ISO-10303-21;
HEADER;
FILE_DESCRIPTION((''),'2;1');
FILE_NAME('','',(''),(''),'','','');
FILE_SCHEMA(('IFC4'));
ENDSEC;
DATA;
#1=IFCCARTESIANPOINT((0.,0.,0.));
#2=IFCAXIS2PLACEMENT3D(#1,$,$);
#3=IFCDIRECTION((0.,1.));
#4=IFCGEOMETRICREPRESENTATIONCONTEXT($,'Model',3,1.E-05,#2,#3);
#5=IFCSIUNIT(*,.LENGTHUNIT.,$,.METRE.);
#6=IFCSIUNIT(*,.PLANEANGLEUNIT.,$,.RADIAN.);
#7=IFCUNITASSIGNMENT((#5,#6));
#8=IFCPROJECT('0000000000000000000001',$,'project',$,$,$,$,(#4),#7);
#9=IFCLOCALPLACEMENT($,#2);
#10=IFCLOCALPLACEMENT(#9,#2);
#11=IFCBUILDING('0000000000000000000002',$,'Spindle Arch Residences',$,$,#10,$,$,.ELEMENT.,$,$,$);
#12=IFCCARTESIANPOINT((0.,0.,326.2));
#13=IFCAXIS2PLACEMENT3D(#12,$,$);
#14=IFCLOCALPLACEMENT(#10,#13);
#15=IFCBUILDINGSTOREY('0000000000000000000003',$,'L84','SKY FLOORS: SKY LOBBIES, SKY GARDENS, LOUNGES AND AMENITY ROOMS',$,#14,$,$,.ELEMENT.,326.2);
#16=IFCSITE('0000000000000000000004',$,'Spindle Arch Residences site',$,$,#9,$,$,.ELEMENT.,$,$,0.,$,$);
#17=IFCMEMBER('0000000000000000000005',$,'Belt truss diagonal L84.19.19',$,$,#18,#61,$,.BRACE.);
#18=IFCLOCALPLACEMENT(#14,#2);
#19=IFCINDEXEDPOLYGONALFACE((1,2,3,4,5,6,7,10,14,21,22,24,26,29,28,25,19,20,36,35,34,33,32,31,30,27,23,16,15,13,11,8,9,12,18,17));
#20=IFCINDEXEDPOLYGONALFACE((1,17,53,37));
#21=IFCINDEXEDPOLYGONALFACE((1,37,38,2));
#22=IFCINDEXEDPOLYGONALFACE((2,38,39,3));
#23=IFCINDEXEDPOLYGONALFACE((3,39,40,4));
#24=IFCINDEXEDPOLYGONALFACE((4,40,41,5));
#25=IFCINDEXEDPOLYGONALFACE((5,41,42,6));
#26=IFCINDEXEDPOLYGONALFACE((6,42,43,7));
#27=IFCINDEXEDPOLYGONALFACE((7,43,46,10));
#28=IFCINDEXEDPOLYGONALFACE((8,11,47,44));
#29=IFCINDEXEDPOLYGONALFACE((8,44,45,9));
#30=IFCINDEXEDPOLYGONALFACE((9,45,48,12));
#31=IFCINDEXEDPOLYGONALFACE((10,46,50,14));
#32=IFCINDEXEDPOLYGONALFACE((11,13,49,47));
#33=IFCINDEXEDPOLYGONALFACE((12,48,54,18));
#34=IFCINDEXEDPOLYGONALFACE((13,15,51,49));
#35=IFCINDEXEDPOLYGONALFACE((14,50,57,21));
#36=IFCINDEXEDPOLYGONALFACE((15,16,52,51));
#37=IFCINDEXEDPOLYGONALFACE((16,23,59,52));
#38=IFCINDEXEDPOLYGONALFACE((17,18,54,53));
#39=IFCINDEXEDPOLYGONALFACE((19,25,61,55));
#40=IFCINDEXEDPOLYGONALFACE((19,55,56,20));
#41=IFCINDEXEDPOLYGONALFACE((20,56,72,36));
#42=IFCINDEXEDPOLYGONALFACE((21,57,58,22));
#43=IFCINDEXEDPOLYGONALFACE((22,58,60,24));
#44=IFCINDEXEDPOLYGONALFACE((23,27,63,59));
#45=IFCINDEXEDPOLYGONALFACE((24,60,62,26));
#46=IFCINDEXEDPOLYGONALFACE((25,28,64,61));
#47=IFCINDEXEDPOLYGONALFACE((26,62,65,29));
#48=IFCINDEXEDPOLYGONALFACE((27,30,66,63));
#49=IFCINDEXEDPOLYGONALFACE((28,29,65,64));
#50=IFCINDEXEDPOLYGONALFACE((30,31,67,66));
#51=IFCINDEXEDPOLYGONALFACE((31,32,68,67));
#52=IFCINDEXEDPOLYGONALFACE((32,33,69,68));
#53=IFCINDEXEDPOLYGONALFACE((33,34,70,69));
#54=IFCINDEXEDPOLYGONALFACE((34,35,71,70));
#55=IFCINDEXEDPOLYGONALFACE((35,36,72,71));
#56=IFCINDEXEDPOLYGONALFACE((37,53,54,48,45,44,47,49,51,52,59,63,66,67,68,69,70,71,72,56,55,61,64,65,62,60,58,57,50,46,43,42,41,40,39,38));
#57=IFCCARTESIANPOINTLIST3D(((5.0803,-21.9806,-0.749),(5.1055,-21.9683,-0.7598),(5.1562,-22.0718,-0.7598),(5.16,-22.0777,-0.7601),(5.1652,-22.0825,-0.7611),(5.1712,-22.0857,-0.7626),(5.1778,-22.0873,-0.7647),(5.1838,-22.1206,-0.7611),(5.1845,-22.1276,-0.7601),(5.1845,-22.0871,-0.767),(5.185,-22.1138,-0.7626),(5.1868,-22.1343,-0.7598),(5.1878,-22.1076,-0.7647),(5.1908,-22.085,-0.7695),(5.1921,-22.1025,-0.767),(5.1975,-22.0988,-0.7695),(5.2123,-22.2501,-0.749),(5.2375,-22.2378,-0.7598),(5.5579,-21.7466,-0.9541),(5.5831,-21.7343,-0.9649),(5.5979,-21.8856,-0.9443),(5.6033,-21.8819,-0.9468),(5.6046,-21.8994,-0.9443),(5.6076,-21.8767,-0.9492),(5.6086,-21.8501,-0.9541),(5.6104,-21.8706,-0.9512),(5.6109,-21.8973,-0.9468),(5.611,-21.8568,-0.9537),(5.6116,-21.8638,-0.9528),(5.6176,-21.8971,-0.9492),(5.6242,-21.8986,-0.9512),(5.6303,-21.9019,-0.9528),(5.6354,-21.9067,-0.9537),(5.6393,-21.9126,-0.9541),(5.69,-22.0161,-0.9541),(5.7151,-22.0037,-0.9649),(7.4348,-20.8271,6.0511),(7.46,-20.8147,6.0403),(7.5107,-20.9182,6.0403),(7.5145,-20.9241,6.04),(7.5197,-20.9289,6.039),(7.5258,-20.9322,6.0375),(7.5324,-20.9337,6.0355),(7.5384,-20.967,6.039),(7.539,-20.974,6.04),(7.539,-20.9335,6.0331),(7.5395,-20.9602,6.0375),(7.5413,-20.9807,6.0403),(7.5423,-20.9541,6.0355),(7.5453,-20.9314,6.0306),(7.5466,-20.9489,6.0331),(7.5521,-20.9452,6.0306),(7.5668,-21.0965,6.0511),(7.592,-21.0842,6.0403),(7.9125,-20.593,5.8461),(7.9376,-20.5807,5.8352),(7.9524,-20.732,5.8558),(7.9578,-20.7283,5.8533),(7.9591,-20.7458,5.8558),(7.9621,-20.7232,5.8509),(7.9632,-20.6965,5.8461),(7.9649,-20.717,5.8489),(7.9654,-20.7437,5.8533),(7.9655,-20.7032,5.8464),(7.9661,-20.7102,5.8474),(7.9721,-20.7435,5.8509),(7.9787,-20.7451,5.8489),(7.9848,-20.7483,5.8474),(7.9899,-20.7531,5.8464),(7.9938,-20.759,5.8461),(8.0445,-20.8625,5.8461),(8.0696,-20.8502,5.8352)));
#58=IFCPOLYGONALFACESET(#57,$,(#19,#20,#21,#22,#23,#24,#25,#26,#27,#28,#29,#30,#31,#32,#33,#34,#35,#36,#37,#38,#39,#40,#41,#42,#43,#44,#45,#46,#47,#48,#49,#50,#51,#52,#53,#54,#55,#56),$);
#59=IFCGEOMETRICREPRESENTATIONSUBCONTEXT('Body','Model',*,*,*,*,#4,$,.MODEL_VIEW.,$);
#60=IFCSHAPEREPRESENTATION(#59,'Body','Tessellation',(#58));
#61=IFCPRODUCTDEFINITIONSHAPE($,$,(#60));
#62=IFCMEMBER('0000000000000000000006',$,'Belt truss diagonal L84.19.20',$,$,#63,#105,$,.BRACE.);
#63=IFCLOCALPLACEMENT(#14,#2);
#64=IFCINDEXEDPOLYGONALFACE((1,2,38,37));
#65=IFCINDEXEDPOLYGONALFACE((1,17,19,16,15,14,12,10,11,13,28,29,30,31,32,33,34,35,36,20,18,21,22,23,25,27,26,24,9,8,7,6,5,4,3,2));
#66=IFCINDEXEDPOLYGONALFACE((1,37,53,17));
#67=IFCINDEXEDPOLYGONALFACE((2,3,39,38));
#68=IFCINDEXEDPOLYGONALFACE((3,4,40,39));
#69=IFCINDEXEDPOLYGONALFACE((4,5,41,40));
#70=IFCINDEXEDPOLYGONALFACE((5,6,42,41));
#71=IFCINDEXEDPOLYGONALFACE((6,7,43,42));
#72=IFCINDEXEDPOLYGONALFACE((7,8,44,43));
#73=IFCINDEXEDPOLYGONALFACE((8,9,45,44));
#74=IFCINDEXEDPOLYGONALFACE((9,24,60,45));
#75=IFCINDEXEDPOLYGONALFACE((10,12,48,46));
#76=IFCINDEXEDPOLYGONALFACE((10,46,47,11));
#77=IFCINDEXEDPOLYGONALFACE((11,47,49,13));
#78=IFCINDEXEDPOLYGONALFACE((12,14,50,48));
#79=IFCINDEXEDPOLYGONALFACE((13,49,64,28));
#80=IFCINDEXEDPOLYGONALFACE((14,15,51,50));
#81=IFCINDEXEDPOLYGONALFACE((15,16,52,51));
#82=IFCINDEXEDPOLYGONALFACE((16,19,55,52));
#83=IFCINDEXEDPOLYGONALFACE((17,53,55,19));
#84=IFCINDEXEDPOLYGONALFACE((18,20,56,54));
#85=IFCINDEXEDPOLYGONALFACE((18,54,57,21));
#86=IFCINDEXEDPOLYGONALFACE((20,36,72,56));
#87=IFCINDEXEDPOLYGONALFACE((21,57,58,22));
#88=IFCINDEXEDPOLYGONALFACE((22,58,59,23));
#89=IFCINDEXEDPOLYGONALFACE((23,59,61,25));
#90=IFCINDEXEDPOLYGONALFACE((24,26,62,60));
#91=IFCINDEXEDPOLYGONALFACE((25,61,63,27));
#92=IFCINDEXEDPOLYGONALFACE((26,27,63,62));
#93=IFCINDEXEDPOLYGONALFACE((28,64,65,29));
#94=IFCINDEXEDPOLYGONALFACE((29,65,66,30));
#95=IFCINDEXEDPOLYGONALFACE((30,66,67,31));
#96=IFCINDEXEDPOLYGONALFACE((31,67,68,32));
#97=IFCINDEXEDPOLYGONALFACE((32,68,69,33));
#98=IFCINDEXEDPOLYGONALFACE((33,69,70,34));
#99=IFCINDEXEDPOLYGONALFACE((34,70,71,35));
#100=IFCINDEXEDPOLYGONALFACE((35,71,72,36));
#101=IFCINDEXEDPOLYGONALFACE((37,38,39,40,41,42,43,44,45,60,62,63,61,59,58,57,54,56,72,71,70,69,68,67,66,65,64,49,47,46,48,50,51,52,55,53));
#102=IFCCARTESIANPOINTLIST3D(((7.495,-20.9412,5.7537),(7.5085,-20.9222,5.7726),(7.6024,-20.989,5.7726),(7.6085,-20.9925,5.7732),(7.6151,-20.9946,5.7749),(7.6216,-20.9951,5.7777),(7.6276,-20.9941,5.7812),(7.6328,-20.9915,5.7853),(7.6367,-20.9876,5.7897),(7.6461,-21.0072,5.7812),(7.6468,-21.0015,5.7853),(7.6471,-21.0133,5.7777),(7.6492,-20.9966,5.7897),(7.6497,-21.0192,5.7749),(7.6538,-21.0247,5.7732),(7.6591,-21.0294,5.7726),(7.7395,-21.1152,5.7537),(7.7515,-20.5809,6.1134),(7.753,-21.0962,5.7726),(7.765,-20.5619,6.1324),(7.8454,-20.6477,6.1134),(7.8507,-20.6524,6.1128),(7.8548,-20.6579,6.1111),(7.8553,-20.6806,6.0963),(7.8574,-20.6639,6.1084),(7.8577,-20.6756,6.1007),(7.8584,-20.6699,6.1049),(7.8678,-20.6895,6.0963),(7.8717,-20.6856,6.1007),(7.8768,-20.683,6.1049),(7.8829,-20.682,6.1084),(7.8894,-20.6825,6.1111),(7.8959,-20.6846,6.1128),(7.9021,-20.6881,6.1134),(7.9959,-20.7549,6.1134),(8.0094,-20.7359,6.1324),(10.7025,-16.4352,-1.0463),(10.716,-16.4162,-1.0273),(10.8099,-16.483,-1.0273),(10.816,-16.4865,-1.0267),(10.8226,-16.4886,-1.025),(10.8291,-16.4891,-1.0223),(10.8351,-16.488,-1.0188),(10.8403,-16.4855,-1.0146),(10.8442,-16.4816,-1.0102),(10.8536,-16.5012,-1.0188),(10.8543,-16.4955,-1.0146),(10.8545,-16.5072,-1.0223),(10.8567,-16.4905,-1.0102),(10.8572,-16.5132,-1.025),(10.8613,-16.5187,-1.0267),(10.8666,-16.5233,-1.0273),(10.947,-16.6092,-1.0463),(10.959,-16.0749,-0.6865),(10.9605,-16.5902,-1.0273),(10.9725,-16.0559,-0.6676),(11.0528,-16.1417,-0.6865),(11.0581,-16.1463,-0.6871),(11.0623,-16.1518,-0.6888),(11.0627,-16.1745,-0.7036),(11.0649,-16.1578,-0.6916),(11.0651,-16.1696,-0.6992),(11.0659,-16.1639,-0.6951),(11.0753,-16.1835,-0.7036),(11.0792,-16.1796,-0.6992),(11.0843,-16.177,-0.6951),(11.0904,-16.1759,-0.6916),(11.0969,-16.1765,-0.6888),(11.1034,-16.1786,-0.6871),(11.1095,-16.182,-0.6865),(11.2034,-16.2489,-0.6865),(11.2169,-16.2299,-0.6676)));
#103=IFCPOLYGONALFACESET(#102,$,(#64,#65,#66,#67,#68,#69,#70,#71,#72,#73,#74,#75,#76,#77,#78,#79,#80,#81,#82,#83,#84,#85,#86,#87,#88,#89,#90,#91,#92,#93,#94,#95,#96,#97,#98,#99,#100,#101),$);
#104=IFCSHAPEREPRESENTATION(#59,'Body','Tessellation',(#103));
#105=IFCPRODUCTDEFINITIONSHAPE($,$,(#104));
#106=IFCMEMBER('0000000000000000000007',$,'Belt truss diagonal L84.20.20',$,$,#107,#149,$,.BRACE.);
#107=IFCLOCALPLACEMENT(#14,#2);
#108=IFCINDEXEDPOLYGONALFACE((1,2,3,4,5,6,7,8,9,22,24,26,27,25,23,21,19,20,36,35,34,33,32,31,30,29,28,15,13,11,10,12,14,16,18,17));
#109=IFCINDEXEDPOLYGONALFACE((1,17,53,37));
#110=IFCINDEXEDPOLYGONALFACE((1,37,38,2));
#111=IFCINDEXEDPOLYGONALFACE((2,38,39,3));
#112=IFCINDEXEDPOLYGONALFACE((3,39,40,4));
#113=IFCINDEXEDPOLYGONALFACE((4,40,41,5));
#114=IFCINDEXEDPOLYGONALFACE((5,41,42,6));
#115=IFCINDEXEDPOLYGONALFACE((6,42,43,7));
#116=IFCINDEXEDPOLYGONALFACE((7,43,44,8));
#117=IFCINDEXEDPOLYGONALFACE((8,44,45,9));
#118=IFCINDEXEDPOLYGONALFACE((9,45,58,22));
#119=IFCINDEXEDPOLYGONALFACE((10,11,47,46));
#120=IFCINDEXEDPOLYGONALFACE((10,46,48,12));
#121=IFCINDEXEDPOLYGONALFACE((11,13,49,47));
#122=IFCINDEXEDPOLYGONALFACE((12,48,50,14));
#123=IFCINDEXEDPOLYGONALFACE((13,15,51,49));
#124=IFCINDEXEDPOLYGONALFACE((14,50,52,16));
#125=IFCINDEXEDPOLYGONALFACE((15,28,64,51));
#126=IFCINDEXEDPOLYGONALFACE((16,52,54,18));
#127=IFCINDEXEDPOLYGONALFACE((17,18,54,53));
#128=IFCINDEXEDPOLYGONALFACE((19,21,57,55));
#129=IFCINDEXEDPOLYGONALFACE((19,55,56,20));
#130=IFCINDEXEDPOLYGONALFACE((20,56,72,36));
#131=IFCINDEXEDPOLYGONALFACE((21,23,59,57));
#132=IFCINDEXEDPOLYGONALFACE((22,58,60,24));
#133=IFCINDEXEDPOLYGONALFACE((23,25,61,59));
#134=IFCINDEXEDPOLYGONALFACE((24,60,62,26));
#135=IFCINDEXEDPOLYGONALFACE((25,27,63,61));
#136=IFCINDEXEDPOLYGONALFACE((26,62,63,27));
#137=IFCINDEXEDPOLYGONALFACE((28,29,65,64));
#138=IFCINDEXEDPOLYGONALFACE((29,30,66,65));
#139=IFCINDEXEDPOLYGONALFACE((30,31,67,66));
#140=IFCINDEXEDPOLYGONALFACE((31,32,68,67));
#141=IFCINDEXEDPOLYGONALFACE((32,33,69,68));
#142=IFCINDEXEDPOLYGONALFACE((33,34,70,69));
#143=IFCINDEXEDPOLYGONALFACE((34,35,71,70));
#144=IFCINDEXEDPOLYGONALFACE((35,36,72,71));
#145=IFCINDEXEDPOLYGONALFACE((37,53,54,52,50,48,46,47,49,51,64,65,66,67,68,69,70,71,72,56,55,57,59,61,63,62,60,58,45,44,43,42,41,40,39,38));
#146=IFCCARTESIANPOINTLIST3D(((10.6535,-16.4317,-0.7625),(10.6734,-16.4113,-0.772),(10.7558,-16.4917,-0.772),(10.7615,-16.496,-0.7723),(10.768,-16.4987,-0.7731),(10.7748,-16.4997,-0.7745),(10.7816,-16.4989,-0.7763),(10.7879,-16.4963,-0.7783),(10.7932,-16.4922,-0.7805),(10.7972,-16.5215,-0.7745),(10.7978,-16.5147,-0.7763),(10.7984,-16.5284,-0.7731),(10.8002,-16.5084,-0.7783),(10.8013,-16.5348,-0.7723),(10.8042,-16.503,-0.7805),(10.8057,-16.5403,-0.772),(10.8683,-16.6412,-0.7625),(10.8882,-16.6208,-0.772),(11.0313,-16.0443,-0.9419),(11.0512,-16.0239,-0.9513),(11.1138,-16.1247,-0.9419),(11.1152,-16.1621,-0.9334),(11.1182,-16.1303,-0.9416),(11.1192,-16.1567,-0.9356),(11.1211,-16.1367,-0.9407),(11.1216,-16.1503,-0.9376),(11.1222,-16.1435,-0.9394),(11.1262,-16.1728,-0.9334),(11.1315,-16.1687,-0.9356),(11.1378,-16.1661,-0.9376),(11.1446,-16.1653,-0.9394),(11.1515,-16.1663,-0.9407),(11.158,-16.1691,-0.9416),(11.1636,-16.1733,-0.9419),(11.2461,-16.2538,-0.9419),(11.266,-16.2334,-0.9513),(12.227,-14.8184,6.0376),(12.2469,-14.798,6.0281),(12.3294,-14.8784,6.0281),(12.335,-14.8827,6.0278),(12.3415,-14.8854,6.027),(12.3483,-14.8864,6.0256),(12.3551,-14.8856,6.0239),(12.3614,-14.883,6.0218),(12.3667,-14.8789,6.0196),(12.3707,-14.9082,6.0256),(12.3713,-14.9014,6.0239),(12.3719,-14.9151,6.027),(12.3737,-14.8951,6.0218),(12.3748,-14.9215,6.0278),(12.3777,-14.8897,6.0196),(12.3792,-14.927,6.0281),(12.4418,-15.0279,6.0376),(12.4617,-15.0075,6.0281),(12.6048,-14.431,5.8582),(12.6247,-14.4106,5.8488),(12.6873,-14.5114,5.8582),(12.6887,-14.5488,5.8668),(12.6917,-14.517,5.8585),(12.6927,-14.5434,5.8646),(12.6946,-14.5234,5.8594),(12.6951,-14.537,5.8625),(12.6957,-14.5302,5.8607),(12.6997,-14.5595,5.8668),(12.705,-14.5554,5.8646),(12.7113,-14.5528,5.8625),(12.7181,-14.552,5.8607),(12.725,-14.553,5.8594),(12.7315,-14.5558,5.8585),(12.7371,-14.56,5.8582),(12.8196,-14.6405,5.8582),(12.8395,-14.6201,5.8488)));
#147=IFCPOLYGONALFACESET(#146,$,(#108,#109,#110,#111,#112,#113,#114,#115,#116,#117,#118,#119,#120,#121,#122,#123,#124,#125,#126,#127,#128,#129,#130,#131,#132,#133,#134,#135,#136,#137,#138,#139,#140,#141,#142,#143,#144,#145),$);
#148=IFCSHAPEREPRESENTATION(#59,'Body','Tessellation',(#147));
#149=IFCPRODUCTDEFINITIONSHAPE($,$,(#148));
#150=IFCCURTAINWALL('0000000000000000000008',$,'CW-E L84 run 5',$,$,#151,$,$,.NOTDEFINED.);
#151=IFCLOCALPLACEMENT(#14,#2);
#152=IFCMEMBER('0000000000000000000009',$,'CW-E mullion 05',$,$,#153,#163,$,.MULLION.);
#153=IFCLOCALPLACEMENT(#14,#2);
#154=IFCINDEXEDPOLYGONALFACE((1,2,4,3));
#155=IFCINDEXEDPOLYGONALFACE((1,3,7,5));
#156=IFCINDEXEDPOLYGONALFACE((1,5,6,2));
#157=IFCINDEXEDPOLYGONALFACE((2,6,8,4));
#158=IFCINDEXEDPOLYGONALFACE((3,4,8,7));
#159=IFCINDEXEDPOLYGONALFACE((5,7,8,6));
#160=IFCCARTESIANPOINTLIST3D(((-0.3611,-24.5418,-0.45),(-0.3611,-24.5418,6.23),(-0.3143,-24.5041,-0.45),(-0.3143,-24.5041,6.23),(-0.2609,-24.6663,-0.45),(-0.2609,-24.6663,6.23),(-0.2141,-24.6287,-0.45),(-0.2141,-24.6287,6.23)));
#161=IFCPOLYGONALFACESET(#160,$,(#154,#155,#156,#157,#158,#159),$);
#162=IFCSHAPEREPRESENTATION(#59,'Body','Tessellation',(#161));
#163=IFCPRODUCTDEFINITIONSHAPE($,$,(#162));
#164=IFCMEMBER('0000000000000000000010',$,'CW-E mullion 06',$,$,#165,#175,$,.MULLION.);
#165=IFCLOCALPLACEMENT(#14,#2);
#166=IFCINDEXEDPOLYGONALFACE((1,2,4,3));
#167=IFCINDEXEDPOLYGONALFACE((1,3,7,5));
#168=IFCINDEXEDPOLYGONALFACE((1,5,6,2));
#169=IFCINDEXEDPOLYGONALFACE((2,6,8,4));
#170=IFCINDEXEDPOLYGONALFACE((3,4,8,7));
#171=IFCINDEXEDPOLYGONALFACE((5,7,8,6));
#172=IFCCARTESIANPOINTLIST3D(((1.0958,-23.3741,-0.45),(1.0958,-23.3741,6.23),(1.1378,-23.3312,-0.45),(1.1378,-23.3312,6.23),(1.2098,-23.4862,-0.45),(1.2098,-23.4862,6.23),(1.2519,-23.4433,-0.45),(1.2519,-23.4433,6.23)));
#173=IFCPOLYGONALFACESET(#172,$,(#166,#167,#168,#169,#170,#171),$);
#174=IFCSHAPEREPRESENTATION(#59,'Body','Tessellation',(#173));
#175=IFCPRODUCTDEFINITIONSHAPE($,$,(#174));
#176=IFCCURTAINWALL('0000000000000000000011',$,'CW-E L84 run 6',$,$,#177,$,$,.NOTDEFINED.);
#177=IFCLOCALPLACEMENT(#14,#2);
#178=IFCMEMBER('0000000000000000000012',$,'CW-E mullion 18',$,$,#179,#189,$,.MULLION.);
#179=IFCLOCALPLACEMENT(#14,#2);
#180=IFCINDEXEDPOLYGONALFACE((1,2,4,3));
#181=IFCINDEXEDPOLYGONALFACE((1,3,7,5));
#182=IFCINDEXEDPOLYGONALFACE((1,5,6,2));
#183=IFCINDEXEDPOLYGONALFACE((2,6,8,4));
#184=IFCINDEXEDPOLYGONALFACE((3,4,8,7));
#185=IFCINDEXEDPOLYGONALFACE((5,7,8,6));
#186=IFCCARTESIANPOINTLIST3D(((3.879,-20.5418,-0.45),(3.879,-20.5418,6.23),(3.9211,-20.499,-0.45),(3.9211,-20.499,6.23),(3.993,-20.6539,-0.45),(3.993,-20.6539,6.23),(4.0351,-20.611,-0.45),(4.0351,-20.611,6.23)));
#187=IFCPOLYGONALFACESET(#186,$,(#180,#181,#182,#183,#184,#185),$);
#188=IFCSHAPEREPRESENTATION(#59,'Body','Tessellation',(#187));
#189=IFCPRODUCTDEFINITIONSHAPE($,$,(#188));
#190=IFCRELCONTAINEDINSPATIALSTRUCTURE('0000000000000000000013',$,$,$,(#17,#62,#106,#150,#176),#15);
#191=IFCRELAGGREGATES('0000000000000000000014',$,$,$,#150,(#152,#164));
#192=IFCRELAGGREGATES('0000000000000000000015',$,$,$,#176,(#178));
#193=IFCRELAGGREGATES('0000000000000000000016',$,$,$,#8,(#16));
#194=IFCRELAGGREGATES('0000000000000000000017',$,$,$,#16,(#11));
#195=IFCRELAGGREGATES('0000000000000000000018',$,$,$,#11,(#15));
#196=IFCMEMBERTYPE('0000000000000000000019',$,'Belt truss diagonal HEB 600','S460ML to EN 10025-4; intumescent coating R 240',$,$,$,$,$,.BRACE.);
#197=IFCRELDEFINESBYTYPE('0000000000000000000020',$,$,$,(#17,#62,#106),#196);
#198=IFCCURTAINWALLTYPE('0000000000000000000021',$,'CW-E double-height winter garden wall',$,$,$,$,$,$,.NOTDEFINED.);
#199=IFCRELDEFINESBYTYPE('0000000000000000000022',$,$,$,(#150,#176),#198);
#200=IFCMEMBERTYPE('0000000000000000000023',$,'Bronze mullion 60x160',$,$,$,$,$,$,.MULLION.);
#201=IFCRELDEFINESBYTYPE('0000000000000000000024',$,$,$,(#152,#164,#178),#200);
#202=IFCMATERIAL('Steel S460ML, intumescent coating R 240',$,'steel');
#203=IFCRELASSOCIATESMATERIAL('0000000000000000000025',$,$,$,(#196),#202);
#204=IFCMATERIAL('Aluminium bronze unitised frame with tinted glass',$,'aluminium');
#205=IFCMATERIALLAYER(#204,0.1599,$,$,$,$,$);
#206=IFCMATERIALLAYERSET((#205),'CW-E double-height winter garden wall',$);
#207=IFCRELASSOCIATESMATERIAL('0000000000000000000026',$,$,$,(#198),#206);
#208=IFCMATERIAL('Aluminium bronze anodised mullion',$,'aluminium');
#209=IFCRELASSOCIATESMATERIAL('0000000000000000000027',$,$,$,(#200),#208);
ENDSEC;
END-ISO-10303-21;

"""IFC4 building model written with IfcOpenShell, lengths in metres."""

from ifc_helpers import new_model, si_unit, direction, frame, origin, origin_2d, place, context, subcontext, project, spatial, rectangle, i_section, extrude, material, layer, layer_set, material_profile, profile_set, type_object, element, aggregate, save


model = new_model("IFC4")

# Units and contexts
model_context = context("Model", 3, precision=1e-05, world=origin(), true_north=direction((0.0, 1.0)))
body_context = subcontext(model_context, "Body", "Model", "MODEL_VIEW")
ifc_project = project(units=[si_unit("LENGTHUNIT", "METRE"), si_unit("PLANEANGLEUNIT", "RADIAN")], contexts=[model_context])

# Site, building, storey
site_placement = place(None, origin())
site = spatial("IfcSite", under=ifc_project, at=site_placement, Name="Spindle Arch Residences site", CompositionType="ELEMENT", RefElevation=0.0)
building_placement = place(site_placement, origin())
building = spatial("IfcBuilding", under=site, at=building_placement, Name="Spindle Arch Residences", CompositionType="ELEMENT")
storey_placement = place(building_placement, frame((0.0, 0.0, 326.2)))
storey = spatial("IfcBuildingStorey", under=building, at=storey_placement, Name="L84", Description="SKY FLOORS: SKY LOBBIES, SKY GARDENS, LOUNGES AND AMENITY ROOMS", CompositionType="ELEMENT", Elevation=326.2)

# Members
ifc_material_1 = material(Name="Steel S460ML, intumescent coating R 240", Category="steel")
ifc_material_profile_1 = material_profile(ifc_material_1, i_section(OverallWidth=0.3, OverallDepth=0.6001, WebThickness=0.0154, FlangeThickness=0.03, FilletRadius=0.0271, at=origin_2d()), Name="HEB 600")
ifc_profile_set_1 = profile_set([ifc_material_profile_1], Name="Steel S460ML, intumescent coating R 240")
member_type_1 = type_object("IfcMemberType", Name="Belt truss diagonal HEB 600", Description="S460ML to EN 10025-4; intumescent coating R 240", PredefinedType="BRACE", material=ifc_profile_set_1)
member_1_placement = place(storey_placement, frame((5.3977, -21.9922, -0.8569), z_axis=(0.323064, 0.158283, 0.933047), x_axis=(-0.439973, 0.898011, 0.0)))
element("IfcMember", 1, at=member_1_placement, inside=storey, type_object=member_type_1, Name="Belt truss diagonal L84.19.19", PredefinedType="BRACE", context=body_context, shape_type="SweptSolid", body=[
    extrude(i_section(OverallWidth=0.3, OverallDepth=0.6001, WebThickness=0.0154, FlangeThickness=0.03, FilletRadius=0.0271, at=origin_2d()), origin(), (0.0, 0.0, 1.0), 7.2881),
])
member_2_placement = place(storey_placement, frame((10.9597, -16.3325, -0.8569), z_axis=(-0.365926, -0.514073, 0.775775), x_axis=(0.814684, -0.579905, 0.0)))
element("IfcMember", 2, at=member_2_placement, inside=storey, type_object=member_type_1, Name="Belt truss diagonal L84.19.20", PredefinedType="BRACE", context=body_context, shape_type="SweptSolid", body=[
    extrude(i_section(OverallWidth=0.3, OverallDepth=0.6001, WebThickness=0.0154, FlangeThickness=0.03, FilletRadius=0.0271, at=origin_2d()), origin(), (0.0, 0.0, 1.0), 8.7654),
])
member_3_placement = place(storey_placement, frame((10.9597, -16.3325, -0.8569), z_axis=(0.219646, 0.225201, 0.949231), x_axis=(-0.715881, 0.698222, 0.0)))
element("IfcMember", 3, at=member_3_placement, inside=storey, type_object=member_type_1, Name="Belt truss diagonal L84.20.20", PredefinedType="BRACE", context=body_context, shape_type="SweptSolid", body=[
    extrude(i_section(OverallWidth=0.3, OverallDepth=0.6001, WebThickness=0.0154, FlangeThickness=0.03, FilletRadius=0.0271, at=origin_2d()), origin(), (0.0, 0.0, 1.0), 7.1638),
])

# Curtain wall, members
ifc_material_2 = material(Name="Aluminium bronze unitised frame with tinted glass", Category="aluminium")
ifc_layer_1 = layer(ifc_material_2, 0.1599)
ifc_layer_set_1 = layer_set([ifc_layer_1], Name="CW-E double-height winter garden wall")
curtain_wall_type = type_object("IfcCurtainWallType", Name="CW-E double-height winter garden wall", PredefinedType="NOTDEFINED", material=ifc_layer_set_1)
curtain_wall_1_placement = place(storey_placement, origin())
curtain_wall_1 = element("IfcCurtainWall", 4, at=curtain_wall_1_placement, inside=storey, type_object=curtain_wall_type, Name="CW-E L84 run 5", PredefinedType="NOTDEFINED")
ifc_material_3 = material(Name="Aluminium bronze anodised mullion", Category="aluminium")
ifc_material_profile_2 = material_profile(ifc_material_3, rectangle(XDim=0.1599, YDim=0.0601, at=origin_2d()), Name="MU 60x160")
ifc_profile_set_2 = profile_set([ifc_material_profile_2], Name="Aluminium bronze anodised mullion")
member_type_2 = type_object("IfcMemberType", Name="Bronze mullion 60x160", PredefinedType="MULLION", material=ifc_profile_set_2)
member_4_placement = place(storey_placement, frame((-0.2876, -24.5852, -0.45), z_axis=(0.0, 0.0, 1.0), x_axis=(-0.627057, 0.778973, 0.0)))
member_4 = element("IfcMember", 5, at=member_4_placement, type_object=member_type_2, Name="CW-E mullion 05", PredefinedType="MULLION", context=body_context, shape_type="SweptSolid", body=[
    extrude(rectangle(XDim=0.1599, YDim=0.0601, at=origin_2d()), origin(), (0.0, 0.0, 1.0), 6.6799),
])
member_5_placement = place(storey_placement, frame((1.1738, -23.4087, -0.45), z_axis=(0.0, 0.0, 1.0), x_axis=(-0.71325, 0.700909, 0.0)))
member_5 = element("IfcMember", 6, at=member_5_placement, type_object=member_type_2, Name="CW-E mullion 06", PredefinedType="MULLION", context=body_context, shape_type="SweptSolid", body=[
    extrude(rectangle(XDim=0.1599, YDim=0.0601, at=origin_2d()), origin(), (0.0, 0.0, 1.0), 6.6799),
])

# Curtain wall, member
curtain_wall_2_placement = place(storey_placement, origin())
curtain_wall_2 = element("IfcCurtainWall", 7, at=curtain_wall_2_placement, inside=storey, type_object=curtain_wall_type, Name="CW-E L84 run 6", PredefinedType="NOTDEFINED")
member_6_placement = place(storey_placement, frame((3.957, -20.5764, -0.45), z_axis=(0.0, 0.0, 1.0), x_axis=(-0.71325, 0.700909, 0.0)))
member_6 = element("IfcMember", 8, at=member_6_placement, type_object=member_type_2, Name="CW-E mullion 18", PredefinedType="MULLION", context=body_context, shape_type="SweptSolid", body=[
    extrude(rectangle(XDim=0.1599, YDim=0.0601, at=origin_2d()), origin(), (0.0, 0.0, 1.0), 6.6799),
])

aggregate(curtain_wall_1, [member_4, member_5])
aggregate(curtain_wall_2, [member_6])

save(model, "model.ifc")
